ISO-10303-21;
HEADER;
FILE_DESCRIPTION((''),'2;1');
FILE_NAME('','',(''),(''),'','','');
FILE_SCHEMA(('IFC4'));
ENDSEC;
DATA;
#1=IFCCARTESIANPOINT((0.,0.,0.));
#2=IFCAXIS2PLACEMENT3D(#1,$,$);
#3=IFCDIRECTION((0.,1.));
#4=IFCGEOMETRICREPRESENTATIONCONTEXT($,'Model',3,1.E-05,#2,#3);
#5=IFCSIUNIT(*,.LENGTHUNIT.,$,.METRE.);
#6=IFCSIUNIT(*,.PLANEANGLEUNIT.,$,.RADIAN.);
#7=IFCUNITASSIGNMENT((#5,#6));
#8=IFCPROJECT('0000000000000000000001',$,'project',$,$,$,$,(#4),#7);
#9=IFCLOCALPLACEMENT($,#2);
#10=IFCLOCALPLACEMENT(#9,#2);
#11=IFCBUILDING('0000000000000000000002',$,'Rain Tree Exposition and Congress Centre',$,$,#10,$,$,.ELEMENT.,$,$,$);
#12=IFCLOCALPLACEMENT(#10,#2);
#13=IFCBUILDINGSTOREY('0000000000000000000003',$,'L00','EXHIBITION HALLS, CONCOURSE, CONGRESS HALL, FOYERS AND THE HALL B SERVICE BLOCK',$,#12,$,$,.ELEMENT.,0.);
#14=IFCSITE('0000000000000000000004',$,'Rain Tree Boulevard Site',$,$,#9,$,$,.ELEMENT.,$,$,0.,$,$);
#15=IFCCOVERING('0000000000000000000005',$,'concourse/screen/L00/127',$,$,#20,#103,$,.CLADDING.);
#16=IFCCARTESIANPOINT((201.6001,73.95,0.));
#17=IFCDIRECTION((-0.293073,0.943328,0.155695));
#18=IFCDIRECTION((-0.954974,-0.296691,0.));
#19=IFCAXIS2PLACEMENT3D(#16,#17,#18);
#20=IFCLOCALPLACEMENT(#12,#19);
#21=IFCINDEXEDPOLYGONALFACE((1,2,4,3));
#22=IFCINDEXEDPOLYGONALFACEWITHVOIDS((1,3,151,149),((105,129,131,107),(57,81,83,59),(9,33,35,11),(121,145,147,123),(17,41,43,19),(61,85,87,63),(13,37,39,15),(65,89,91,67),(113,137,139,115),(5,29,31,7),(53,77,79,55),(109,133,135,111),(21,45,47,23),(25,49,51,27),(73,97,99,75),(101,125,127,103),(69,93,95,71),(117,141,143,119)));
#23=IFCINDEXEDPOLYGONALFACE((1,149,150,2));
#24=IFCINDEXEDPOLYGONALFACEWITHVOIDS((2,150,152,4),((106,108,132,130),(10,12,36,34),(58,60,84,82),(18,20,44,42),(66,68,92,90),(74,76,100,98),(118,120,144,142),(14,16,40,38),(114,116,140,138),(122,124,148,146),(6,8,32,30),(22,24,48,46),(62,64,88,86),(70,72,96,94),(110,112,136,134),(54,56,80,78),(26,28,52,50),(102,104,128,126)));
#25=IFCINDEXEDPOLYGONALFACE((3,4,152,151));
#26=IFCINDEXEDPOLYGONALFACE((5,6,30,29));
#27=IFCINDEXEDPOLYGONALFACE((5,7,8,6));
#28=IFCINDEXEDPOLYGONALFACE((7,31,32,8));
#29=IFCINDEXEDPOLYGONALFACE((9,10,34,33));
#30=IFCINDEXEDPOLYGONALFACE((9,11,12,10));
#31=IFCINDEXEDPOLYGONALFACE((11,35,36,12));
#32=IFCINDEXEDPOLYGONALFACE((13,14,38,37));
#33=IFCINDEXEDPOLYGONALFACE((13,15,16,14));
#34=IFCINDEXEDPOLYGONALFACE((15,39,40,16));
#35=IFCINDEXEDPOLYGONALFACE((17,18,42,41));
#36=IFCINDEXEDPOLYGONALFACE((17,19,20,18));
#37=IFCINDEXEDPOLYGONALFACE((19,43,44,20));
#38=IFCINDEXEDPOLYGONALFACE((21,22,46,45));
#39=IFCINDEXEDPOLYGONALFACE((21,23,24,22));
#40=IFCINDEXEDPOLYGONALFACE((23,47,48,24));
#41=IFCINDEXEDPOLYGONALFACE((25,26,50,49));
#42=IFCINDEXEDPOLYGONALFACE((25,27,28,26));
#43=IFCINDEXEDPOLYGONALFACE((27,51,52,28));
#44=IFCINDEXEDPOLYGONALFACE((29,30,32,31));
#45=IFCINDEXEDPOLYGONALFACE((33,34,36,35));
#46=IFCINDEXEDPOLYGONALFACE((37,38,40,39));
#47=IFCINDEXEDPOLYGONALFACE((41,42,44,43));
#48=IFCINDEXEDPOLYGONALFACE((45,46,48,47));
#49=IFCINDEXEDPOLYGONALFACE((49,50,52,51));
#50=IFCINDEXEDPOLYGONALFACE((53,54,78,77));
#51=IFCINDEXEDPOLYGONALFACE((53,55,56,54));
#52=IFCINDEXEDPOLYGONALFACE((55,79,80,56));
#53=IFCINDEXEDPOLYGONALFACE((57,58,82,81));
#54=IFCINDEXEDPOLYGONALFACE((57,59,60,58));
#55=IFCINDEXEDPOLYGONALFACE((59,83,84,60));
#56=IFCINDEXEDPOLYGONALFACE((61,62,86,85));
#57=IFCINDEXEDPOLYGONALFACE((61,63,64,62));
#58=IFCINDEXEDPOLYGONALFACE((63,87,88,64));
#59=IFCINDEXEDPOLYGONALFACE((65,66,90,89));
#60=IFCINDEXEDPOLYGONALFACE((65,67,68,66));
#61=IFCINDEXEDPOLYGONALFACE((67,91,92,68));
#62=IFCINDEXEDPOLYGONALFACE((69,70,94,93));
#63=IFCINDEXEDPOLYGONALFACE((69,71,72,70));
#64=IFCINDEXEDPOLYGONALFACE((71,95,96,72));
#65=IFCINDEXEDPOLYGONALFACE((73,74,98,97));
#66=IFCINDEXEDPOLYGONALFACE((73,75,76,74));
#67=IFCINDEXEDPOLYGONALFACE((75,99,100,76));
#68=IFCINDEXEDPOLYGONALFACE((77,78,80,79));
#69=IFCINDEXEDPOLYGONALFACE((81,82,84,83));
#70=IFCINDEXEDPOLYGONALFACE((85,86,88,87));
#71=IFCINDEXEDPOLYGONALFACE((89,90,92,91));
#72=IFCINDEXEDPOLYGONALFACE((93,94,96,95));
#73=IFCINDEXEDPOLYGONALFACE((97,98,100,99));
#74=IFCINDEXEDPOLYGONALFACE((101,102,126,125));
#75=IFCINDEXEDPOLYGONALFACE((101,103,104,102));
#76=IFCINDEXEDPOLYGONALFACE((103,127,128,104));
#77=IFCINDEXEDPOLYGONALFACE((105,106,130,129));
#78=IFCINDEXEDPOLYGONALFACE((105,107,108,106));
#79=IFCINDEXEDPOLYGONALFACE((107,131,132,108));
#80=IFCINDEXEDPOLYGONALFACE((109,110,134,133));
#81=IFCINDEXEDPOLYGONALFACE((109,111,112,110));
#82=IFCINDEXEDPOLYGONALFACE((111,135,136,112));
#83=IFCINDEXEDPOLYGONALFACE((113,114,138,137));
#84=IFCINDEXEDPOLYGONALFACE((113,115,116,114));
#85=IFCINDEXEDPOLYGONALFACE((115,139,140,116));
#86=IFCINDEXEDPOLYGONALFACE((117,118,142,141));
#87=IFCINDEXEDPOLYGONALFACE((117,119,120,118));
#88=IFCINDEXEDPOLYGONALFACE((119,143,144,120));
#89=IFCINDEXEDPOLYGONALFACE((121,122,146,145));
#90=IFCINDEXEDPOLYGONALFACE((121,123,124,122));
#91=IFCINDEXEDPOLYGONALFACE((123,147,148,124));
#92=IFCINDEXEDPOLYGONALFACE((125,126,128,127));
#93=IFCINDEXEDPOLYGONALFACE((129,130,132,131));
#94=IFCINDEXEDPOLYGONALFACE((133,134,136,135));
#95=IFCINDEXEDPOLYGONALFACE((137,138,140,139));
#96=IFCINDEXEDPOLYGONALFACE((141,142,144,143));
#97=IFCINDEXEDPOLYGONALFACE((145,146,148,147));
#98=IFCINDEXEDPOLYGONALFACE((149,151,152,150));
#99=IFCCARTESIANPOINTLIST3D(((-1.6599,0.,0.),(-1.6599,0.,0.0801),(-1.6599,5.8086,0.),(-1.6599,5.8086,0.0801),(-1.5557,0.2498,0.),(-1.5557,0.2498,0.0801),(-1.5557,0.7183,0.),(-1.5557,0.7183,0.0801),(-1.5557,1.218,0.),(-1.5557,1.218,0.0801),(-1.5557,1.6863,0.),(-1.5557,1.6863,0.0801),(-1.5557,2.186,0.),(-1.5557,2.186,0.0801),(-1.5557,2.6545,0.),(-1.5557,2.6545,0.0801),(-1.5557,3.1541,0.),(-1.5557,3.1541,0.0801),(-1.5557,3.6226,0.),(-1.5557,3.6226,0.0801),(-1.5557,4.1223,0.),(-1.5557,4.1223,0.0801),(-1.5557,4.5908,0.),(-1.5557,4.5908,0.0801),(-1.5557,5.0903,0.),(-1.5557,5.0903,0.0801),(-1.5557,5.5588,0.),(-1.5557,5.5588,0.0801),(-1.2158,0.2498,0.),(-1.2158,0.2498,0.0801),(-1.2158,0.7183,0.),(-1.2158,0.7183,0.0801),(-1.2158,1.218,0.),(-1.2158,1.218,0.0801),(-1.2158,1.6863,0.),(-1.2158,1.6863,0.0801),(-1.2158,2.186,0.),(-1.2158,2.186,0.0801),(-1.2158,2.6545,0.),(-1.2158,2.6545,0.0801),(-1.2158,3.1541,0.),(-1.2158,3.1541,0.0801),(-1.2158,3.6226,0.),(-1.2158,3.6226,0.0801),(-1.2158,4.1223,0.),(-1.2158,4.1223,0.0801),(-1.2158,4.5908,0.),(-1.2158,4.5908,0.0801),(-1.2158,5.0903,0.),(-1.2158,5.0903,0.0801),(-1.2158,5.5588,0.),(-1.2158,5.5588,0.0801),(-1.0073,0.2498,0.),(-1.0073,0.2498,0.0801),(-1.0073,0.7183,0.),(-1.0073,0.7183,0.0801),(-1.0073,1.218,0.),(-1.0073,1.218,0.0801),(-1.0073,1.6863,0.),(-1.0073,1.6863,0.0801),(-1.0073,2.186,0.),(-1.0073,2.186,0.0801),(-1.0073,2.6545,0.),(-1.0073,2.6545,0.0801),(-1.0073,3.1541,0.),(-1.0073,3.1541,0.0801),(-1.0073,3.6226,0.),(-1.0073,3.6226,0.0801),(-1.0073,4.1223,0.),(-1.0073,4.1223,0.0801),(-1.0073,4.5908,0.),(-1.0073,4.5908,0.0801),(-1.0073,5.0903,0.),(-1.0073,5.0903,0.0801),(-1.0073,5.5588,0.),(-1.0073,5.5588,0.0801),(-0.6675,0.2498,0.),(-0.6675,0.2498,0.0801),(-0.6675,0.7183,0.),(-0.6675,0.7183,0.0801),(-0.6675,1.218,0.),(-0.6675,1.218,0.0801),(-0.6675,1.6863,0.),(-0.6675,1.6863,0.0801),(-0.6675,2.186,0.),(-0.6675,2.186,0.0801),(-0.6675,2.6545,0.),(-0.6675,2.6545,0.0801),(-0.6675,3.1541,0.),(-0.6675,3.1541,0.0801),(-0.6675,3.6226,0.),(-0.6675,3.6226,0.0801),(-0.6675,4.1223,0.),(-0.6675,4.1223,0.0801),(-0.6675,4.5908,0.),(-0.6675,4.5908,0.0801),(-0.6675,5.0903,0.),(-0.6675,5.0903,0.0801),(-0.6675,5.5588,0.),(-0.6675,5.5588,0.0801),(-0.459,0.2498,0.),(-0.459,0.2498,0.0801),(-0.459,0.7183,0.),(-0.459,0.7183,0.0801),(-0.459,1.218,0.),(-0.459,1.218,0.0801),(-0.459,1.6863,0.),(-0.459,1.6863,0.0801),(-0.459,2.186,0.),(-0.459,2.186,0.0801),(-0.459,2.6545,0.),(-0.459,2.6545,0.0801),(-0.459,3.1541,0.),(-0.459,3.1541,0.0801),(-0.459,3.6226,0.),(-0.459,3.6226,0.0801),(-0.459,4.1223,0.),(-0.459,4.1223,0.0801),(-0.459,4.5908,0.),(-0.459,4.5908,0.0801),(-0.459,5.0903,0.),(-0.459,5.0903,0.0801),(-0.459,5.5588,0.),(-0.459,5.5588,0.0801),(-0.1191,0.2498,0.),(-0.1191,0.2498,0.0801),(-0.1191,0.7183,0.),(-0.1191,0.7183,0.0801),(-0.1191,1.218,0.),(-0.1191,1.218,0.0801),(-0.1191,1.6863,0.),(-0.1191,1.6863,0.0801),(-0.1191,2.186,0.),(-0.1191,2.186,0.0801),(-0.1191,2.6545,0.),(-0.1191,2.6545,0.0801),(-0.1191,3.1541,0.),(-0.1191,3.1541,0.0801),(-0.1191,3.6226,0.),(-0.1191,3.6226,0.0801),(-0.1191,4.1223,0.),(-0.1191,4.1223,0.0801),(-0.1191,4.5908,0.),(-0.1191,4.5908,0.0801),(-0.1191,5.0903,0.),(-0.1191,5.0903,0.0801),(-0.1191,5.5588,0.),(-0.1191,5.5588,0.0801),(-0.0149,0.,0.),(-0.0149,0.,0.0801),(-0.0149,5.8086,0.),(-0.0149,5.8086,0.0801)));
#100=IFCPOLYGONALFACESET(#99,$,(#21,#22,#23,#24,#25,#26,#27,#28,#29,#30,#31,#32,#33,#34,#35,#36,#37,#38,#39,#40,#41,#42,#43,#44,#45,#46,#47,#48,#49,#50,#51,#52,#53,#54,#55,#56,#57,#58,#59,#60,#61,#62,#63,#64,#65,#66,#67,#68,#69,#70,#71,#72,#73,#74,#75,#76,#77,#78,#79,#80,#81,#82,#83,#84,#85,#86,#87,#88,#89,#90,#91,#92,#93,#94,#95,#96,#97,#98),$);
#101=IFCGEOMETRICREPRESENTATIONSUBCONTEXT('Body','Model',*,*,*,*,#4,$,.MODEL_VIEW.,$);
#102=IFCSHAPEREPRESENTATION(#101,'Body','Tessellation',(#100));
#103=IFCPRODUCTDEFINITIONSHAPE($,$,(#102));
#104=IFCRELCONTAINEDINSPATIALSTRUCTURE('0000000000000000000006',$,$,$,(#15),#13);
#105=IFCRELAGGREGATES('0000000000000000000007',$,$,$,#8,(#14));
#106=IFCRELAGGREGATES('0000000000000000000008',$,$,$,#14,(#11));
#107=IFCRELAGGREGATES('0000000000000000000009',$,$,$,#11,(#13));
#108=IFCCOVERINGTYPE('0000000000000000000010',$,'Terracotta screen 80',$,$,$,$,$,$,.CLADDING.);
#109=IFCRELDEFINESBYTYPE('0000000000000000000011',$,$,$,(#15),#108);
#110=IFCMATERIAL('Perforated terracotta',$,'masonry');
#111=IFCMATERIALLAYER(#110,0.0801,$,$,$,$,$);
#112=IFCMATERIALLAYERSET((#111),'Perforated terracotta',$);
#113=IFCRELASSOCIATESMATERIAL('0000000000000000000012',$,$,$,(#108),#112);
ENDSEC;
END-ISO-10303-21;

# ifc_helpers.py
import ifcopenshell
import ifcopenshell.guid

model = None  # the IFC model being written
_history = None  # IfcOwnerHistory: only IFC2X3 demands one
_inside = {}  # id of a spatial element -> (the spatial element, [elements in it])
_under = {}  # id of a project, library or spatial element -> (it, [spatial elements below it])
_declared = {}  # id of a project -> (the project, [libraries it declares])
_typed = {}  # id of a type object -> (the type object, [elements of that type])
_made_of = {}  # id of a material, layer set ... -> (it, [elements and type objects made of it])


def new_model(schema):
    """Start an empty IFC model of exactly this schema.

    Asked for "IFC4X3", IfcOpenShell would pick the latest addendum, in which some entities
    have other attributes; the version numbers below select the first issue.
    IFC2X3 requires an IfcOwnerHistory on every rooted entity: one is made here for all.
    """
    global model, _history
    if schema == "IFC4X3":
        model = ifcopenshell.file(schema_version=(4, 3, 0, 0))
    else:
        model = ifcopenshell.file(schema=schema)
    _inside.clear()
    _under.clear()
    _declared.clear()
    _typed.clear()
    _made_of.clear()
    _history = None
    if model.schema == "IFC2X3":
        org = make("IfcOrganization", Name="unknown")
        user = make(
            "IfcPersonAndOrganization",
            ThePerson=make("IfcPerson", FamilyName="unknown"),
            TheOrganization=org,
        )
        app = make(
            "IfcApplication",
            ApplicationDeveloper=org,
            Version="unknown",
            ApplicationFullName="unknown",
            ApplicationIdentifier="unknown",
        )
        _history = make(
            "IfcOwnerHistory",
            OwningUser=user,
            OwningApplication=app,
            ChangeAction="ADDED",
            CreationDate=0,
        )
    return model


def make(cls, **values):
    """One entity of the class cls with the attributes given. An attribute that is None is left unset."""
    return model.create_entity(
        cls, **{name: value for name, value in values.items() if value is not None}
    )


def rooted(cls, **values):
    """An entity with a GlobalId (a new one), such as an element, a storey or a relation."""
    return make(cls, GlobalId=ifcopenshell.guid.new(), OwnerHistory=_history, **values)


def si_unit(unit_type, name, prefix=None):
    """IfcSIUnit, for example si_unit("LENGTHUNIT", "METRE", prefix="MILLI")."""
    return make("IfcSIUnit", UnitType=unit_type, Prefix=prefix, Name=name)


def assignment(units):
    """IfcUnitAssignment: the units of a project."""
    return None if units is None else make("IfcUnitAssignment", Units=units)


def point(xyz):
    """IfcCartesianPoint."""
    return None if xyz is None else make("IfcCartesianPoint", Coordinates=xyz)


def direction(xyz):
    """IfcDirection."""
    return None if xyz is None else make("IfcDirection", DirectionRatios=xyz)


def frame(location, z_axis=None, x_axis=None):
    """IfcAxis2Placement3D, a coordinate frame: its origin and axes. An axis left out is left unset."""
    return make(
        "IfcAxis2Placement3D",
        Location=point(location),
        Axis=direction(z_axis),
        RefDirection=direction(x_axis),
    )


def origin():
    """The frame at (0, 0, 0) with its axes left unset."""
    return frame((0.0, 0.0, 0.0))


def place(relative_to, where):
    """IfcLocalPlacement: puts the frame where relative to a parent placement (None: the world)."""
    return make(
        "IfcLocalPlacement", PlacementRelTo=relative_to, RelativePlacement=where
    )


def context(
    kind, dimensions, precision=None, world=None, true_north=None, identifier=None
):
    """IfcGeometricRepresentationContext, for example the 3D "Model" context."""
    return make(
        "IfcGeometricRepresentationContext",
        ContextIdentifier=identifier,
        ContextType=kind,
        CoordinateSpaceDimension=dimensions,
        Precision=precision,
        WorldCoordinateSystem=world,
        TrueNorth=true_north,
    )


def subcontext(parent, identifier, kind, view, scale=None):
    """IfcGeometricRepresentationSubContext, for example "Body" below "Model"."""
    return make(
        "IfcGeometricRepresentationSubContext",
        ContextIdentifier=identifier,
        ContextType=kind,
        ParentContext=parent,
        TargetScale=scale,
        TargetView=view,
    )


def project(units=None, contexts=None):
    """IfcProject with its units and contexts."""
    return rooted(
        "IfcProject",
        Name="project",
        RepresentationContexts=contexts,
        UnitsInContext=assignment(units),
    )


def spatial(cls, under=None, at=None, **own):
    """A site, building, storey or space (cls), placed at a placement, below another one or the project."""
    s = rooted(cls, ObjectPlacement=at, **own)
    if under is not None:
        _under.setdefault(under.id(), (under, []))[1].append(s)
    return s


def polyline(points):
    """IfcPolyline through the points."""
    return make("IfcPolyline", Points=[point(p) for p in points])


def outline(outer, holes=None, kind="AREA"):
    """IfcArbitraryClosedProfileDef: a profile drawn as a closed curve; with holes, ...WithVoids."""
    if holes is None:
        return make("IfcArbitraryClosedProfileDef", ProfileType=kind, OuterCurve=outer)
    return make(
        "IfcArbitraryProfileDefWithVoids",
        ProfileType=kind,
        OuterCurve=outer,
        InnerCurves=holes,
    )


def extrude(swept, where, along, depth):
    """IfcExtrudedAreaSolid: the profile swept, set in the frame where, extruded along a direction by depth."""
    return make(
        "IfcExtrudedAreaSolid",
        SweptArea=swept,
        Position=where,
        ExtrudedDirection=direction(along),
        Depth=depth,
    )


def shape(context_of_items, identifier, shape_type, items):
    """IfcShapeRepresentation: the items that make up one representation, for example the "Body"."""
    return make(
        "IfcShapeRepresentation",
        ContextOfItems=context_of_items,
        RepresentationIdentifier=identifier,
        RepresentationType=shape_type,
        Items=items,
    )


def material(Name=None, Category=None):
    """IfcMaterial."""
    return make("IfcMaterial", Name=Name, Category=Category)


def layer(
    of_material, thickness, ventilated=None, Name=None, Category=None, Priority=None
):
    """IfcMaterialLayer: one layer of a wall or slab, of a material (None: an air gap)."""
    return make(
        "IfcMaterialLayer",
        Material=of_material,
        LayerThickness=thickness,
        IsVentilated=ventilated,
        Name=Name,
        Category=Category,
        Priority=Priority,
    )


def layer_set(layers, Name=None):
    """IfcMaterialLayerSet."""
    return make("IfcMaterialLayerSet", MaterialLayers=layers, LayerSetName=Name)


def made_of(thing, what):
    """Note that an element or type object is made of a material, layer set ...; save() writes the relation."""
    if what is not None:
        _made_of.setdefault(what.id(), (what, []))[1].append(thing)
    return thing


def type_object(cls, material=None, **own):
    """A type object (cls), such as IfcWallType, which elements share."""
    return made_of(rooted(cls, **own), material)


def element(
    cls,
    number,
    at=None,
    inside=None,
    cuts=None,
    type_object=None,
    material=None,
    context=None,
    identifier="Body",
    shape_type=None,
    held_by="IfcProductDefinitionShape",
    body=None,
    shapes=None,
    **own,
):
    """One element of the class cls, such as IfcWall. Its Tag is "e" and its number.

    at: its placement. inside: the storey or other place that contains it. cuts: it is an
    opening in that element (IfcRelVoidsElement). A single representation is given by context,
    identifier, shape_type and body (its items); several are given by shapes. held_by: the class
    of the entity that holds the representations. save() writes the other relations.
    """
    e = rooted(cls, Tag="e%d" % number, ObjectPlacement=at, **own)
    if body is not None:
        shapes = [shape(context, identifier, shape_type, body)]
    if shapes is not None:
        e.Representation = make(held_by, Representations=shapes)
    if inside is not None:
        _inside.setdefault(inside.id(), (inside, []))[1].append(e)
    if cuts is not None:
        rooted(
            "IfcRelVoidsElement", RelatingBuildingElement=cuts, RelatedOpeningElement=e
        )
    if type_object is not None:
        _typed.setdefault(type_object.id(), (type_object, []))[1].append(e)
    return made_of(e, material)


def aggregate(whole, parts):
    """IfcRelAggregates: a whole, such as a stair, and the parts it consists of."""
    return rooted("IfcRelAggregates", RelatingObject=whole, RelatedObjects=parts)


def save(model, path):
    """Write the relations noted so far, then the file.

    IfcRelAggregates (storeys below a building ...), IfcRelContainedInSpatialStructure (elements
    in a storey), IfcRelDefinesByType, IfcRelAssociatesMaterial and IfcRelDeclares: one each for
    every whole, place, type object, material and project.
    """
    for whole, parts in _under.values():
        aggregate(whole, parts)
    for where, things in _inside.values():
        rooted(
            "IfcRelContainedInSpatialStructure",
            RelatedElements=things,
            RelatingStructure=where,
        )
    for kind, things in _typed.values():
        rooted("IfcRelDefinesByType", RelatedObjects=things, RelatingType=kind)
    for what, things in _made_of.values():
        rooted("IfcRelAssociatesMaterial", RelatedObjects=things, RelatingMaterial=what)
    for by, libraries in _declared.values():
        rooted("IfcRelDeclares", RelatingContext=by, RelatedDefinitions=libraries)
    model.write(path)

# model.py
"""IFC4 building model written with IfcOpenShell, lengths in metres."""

from ifc_helpers import new_model, si_unit, direction, frame, origin, place, context, subcontext, project, spatial, polyline, outline, extrude, material, layer, layer_set, type_object, element, save


model = new_model("IFC4")

# Units and contexts
model_context = context("Model", 3, precision=1e-05, world=origin(), true_north=direction((0.0, 1.0)))
body_context = subcontext(model_context, "Body", "Model", "MODEL_VIEW")
ifc_project = project(units=[si_unit("LENGTHUNIT", "METRE"), si_unit("PLANEANGLEUNIT", "RADIAN")], contexts=[model_context])

# Site, building, storey
site_placement = place(None, origin())
site = spatial("IfcSite", under=ifc_project, at=site_placement, Name="Rain Tree Boulevard Site", CompositionType="ELEMENT", RefElevation=0.0)
building_placement = place(site_placement, origin())
building = spatial("IfcBuilding", under=site, at=building_placement, Name="Rain Tree Exposition and Congress Centre", CompositionType="ELEMENT")
storey_placement = place(building_placement, origin())
storey = spatial("IfcBuildingStorey", under=building, at=storey_placement, Name="L00", Description="EXHIBITION HALLS, CONCOURSE, CONGRESS HALL, FOYERS AND THE HALL B SERVICE BLOCK", CompositionType="ELEMENT", Elevation=0.0)

# Covering
ifc_material_1 = material(Name="Perforated terracotta", Category="masonry")
ifc_layer_1 = layer(ifc_material_1, 0.0801)
ifc_layer_set_1 = layer_set([ifc_layer_1], Name="Perforated terracotta")
covering_type = type_object("IfcCoveringType", Name="Terracotta screen 80", PredefinedType="CLADDING", material=ifc_layer_set_1)
covering_1_placement = place(storey_placement, frame((201.6001, 73.95, 0.0), z_axis=(-0.293073, 0.943328, 0.155695), x_axis=(-0.954974, -0.296691, 0.0)))
element("IfcCovering", 1, at=covering_1_placement, inside=storey, type_object=covering_type, Name="concourse/screen/L00/127", PredefinedType="CLADDING", context=body_context, shape_type="SweptSolid", body=[
    extrude(outline(polyline([(-0.0149, 0.0), (-1.6599, 0.0), (-1.6599, 5.8086), (-0.0149, 5.8086), (-0.0149, 0.0)]), holes=[polyline([(-0.1191, 0.2498), (-0.1191, 0.7183), (-0.459, 0.7183), (-0.459, 0.2498), (-0.1191, 0.2498)]), polyline([(-0.1191, 1.218), (-0.1191, 1.6863), (-0.459, 1.6863), (-0.459, 1.218), (-0.1191, 1.218)]), polyline([(-0.1191, 2.186), (-0.1191, 2.6545), (-0.459, 2.6545), (-0.459, 2.186), (-0.1191, 2.186)]), polyline([(-0.1191, 3.1541), (-0.1191, 3.6226), (-0.459, 3.6226), (-0.459, 3.1541), (-0.1191, 3.1541)]), polyline([(-0.1191, 4.1223), (-0.1191, 4.5908), (-0.459, 4.5908), (-0.459, 4.1223), (-0.1191, 4.1223)]), polyline([(-0.1191, 5.0903), (-0.1191, 5.5588), (-0.459, 5.5588), (-0.459, 5.0903), (-0.1191, 5.0903)]), polyline([(-0.6675, 0.2498), (-0.6675, 0.7183), (-1.0073, 0.7183), (-1.0073, 0.2498), (-0.6675, 0.2498)]), polyline([(-0.6675, 1.218), (-0.6675, 1.6863), (-1.0073, 1.6863), (-1.0073, 1.218), (-0.6675, 1.218)]), polyline([(-0.6675, 2.186), (-0.6675, 2.6545), (-1.0073, 2.6545), (-1.0073, 2.186), (-0.6675, 2.186)]), polyline([(-0.6675, 3.1541), (-0.6675, 3.6226), (-1.0073, 3.6226), (-1.0073, 3.1541), (-0.6675, 3.1541)]), polyline([(-0.6675, 4.1223), (-0.6675, 4.5908), (-1.0073, 4.5908), (-1.0073, 4.1223), (-0.6675, 4.1223)]), polyline([(-0.6675, 5.0903), (-0.6675, 5.5588), (-1.0073, 5.5588), (-1.0073, 5.0903), (-0.6675, 5.0903)]), polyline([(-1.2158, 0.2498), (-1.2158, 0.7183), (-1.5557, 0.7183), (-1.5557, 0.2498), (-1.2158, 0.2498)]), polyline([(-1.2158, 1.218), (-1.2158, 1.6863), (-1.5557, 1.6863), (-1.5557, 1.218), (-1.2158, 1.218)]), polyline([(-1.2158, 2.186), (-1.2158, 2.6545), (-1.5557, 2.6545), (-1.5557, 2.186), (-1.2158, 2.186)]), polyline([(-1.2158, 3.1541), (-1.2158, 3.6226), (-1.5557, 3.6226), (-1.5557, 3.1541), (-1.2158, 3.1541)]), polyline([(-1.2158, 4.1223), (-1.2158, 4.5908), (-1.5557, 4.5908), (-1.5557, 4.1223), (-1.2158, 4.1223)]), polyline([(-1.2158, 5.0903), (-1.2158, 5.5588), (-1.5557, 5.5588), (-1.5557, 5.0903), (-1.2158, 5.0903)])]), origin(), (0.0, 0.0, 1.0), 0.0801),
])

save(model, "model.ifc")
